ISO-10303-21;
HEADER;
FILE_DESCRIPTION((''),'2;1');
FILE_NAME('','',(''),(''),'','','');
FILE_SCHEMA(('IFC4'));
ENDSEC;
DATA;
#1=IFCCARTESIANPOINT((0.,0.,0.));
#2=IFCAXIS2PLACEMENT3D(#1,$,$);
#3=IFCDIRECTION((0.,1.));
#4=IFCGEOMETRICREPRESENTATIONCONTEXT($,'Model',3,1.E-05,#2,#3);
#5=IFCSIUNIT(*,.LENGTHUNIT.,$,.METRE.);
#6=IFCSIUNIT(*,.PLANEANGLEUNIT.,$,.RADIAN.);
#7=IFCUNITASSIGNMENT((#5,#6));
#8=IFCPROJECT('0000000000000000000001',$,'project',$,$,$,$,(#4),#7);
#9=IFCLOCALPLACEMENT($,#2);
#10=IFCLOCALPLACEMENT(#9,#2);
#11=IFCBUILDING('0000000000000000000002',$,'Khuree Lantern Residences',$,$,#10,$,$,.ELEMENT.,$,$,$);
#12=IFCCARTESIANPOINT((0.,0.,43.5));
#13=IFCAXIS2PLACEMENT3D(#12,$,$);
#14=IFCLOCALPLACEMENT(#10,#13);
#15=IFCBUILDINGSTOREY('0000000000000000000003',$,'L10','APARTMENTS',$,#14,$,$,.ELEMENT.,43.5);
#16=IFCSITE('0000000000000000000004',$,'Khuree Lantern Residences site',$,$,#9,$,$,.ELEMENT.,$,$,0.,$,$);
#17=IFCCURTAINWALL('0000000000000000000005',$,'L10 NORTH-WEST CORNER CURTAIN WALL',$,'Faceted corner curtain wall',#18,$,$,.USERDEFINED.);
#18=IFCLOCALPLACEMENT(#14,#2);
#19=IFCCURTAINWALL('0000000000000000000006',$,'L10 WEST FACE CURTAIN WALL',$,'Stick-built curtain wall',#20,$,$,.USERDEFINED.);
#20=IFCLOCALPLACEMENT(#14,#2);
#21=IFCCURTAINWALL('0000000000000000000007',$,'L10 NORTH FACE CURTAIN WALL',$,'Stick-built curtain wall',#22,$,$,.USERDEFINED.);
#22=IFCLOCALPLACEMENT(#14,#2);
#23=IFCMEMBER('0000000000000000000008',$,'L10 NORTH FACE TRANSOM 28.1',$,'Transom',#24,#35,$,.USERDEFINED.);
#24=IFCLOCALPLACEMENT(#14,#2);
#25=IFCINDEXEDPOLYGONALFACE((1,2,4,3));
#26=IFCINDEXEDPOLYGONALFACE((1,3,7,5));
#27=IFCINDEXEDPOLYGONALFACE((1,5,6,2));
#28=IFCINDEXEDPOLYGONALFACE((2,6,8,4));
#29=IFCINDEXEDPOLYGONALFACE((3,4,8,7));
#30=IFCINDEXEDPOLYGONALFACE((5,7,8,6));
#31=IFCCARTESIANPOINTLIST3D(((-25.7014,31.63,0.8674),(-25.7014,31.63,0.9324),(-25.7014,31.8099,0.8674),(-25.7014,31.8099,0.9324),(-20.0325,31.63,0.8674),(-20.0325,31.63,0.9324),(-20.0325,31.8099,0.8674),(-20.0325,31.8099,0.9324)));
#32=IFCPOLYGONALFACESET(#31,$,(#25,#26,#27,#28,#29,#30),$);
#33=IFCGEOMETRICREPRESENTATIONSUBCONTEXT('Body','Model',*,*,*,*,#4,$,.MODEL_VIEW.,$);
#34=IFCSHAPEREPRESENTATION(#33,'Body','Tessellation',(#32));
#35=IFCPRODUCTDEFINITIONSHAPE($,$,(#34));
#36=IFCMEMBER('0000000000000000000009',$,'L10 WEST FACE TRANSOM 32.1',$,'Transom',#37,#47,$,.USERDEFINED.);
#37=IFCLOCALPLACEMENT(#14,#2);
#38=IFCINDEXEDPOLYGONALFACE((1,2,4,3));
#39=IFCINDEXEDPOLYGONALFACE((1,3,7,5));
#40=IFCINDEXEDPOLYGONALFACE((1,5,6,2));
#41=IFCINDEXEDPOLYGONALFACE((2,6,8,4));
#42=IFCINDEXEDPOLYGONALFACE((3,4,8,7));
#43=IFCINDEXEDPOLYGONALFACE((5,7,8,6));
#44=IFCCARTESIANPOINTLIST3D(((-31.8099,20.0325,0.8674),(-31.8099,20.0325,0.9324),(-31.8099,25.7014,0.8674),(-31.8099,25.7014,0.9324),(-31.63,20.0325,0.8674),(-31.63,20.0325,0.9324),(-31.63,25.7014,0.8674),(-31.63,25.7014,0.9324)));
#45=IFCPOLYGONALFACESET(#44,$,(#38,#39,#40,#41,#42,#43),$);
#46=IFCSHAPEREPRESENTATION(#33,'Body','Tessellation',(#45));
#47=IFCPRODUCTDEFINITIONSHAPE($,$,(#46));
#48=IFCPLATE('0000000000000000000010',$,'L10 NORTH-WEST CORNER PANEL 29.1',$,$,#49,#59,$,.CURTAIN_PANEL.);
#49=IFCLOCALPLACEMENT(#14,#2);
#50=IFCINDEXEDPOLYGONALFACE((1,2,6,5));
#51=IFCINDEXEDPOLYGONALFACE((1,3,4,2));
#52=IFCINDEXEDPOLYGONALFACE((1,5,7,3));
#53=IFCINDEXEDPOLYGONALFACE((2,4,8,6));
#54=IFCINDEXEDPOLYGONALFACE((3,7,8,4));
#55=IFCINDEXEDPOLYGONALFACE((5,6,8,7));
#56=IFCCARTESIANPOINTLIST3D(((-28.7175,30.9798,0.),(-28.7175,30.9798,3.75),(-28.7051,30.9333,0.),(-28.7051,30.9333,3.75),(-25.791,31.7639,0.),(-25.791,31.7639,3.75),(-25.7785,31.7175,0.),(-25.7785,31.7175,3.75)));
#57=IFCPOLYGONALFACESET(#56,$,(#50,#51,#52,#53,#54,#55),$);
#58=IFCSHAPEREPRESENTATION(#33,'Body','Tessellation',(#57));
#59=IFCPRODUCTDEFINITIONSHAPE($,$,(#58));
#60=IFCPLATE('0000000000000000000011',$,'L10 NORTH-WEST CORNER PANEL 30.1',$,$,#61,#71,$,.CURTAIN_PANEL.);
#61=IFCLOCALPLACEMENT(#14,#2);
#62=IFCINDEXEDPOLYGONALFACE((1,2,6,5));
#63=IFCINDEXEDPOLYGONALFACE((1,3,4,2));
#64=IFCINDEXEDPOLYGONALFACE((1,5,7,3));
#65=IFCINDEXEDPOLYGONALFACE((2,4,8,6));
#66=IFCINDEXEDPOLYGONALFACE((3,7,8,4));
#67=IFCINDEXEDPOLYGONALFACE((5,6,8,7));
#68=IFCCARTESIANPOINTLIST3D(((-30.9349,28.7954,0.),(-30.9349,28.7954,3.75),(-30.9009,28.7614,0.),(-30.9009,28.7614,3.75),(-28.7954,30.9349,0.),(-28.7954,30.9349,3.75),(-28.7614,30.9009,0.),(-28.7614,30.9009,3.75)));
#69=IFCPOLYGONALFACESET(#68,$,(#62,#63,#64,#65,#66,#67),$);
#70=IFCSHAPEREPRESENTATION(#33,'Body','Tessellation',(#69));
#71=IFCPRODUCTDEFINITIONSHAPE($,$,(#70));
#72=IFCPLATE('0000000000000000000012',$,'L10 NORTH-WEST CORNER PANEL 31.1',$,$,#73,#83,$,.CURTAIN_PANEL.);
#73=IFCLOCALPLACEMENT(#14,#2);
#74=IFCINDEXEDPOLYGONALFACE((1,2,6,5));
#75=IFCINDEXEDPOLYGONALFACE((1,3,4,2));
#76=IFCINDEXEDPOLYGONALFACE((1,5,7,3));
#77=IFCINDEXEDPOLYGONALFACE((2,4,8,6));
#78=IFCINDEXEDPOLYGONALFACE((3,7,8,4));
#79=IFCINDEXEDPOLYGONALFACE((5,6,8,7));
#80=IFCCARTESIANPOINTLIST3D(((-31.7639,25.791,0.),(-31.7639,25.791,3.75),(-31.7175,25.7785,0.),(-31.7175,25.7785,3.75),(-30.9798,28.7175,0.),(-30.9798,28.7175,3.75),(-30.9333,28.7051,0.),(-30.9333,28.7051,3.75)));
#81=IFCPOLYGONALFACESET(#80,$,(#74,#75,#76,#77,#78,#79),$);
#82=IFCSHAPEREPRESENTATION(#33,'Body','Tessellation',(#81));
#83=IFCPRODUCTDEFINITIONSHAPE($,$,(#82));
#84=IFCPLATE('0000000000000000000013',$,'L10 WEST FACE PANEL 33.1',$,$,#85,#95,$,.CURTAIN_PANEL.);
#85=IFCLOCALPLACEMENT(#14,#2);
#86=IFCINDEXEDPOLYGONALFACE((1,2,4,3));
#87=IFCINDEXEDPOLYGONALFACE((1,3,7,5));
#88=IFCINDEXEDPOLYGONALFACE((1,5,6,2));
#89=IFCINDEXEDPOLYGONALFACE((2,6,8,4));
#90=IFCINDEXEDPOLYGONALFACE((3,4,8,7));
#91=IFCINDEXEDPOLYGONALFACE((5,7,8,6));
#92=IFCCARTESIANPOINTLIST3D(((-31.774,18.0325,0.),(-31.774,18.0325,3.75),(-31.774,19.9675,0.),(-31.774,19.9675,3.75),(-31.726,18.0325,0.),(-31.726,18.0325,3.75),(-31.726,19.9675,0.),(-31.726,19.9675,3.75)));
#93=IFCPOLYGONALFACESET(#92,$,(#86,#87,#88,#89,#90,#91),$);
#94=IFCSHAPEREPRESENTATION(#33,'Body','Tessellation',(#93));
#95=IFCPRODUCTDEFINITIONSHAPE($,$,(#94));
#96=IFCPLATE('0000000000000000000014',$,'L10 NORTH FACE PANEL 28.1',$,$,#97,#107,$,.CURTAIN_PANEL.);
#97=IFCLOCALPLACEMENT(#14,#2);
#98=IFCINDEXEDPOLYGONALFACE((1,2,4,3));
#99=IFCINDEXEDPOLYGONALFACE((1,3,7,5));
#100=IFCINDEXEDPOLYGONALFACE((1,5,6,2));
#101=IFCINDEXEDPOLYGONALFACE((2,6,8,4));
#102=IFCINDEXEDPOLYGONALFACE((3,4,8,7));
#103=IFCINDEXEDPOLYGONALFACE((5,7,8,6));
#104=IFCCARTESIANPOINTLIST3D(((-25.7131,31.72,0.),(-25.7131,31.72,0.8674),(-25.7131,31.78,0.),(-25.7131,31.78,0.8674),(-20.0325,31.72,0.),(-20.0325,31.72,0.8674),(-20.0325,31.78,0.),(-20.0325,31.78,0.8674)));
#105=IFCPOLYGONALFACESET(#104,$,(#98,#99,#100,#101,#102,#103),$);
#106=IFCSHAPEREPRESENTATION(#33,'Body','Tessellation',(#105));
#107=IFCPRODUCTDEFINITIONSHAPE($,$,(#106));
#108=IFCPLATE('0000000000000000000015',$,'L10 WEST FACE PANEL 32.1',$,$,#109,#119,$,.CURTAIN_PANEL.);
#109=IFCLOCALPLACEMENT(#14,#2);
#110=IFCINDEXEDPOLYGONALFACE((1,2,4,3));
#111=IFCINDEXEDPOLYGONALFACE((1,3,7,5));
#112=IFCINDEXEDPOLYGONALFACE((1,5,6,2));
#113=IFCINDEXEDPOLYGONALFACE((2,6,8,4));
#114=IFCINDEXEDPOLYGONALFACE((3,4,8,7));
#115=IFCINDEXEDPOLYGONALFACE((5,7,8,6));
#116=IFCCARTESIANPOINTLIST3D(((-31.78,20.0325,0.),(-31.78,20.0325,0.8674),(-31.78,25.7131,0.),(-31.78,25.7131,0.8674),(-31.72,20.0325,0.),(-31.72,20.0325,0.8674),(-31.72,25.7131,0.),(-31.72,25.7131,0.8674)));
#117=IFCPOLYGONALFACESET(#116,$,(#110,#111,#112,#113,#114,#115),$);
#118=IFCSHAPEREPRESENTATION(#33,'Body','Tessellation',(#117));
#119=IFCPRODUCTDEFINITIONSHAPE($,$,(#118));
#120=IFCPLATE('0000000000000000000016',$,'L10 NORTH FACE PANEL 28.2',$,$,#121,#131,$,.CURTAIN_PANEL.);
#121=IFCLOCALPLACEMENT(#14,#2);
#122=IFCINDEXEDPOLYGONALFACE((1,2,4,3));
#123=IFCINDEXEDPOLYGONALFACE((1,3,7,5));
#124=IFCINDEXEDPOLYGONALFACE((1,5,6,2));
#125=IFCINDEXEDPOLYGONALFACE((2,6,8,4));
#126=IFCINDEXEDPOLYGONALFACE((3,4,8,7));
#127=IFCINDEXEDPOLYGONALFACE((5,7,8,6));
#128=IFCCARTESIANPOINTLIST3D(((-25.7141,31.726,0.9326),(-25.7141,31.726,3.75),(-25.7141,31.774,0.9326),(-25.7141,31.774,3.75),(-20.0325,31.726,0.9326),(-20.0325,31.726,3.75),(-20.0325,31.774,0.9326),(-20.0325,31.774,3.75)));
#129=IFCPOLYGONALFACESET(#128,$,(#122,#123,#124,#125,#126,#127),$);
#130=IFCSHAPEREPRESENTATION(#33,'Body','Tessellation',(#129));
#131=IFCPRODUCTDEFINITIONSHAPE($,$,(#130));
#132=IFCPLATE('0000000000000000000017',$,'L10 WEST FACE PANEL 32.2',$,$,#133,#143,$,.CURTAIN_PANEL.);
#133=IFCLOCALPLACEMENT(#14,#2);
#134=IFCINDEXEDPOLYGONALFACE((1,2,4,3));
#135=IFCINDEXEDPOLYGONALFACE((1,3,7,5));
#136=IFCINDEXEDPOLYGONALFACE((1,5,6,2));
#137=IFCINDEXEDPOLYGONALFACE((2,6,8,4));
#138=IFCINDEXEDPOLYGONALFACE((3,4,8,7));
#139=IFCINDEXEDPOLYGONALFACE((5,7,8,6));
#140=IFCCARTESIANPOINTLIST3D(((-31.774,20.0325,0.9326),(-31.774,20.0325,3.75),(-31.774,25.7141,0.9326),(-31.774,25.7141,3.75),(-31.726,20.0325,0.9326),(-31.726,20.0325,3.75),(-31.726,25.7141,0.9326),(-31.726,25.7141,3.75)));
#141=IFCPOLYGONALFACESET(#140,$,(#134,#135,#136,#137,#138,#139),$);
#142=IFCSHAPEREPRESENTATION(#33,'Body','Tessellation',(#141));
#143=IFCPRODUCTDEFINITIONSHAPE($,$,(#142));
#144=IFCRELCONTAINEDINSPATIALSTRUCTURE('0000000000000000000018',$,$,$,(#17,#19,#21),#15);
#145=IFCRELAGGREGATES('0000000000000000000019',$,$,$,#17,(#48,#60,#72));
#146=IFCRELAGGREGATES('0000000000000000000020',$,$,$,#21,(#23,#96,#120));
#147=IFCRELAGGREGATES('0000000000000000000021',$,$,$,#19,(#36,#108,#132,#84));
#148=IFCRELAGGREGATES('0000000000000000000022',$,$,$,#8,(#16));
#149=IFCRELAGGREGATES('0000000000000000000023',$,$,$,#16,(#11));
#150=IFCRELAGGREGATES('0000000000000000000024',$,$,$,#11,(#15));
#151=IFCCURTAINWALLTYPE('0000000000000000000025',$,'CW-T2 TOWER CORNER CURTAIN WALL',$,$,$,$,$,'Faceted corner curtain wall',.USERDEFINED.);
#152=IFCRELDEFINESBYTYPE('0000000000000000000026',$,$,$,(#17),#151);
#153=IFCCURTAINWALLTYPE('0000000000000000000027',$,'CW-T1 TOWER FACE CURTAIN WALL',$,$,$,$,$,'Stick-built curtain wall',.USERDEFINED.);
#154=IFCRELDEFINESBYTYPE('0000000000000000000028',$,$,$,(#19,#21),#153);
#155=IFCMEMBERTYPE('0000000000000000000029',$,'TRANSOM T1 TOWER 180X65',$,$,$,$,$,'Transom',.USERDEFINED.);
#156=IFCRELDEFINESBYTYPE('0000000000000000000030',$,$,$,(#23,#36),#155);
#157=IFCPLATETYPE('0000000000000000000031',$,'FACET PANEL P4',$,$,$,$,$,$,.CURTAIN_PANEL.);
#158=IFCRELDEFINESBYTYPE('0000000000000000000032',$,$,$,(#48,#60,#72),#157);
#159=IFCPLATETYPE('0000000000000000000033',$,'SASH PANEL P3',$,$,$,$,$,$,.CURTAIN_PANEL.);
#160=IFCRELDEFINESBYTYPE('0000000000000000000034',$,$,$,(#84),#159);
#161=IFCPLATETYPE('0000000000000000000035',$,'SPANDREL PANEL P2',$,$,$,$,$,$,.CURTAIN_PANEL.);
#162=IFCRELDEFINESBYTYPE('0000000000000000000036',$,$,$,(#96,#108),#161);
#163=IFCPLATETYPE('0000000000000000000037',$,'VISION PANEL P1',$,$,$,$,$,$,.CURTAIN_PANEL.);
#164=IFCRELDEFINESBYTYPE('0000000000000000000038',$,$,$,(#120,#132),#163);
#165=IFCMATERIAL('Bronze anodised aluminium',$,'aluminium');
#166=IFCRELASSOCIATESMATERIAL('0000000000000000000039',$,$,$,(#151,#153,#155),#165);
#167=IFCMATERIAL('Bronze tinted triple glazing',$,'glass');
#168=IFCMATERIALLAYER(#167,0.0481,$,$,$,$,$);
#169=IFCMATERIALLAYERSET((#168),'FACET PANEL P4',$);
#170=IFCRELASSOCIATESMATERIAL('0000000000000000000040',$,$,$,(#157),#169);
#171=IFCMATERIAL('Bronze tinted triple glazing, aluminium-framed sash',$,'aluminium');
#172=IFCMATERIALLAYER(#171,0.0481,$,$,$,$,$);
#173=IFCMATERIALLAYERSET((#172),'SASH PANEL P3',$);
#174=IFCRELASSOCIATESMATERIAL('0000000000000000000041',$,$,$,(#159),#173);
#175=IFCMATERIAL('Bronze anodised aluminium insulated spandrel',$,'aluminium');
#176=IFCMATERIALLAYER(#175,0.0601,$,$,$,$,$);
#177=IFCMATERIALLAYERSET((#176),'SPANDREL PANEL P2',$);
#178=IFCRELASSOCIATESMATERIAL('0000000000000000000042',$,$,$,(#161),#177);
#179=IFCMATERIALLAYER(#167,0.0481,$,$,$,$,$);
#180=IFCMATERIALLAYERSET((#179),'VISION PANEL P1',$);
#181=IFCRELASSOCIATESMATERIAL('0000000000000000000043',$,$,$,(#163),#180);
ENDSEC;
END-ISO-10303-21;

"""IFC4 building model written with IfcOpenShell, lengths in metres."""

from ifc_helpers import new_model, si_unit, direction, frame, origin, origin_2d, place, context, subcontext, project, spatial, rectangle, extrude, material, layer, layer_set, material_profile, profile_set, type_object, element, aggregate, save


model = new_model("IFC4")

# Units and contexts
model_context = context("Model", 3, precision=1e-05, world=origin(), true_north=direction((0.0, 1.0)))
body_context = subcontext(model_context, "Body", "Model", "MODEL_VIEW")
ifc_project = project(units=[si_unit("LENGTHUNIT", "METRE"), si_unit("PLANEANGLEUNIT", "RADIAN")], contexts=[model_context])

# Site, building, storey
site_placement = place(None, origin())
site = spatial("IfcSite", under=ifc_project, at=site_placement, Name="Khuree Lantern Residences site", CompositionType="ELEMENT", RefElevation=0.0)
building_placement = place(site_placement, origin())
building = spatial("IfcBuilding", under=site, at=building_placement, Name="Khuree Lantern Residences", CompositionType="ELEMENT")
storey_placement = place(building_placement, frame((0.0, 0.0, 43.5)))
storey = spatial("IfcBuildingStorey", under=building, at=storey_placement, Name="L10", Description="APARTMENTS", CompositionType="ELEMENT", Elevation=43.5)

# Curtain walls
ifc_material_1 = material(Name="Bronze anodised aluminium", Category="aluminium")
curtain_wall_type_1 = type_object("IfcCurtainWallType", Name="CW-T2 TOWER CORNER CURTAIN WALL", ElementType="Faceted corner curtain wall", PredefinedType="USERDEFINED", material=ifc_material_1)
curtain_wall_1_placement = place(storey_placement, origin())
curtain_wall_1 = element("IfcCurtainWall", 1, at=curtain_wall_1_placement, inside=storey, type_object=curtain_wall_type_1, Name="L10 NORTH-WEST CORNER CURTAIN WALL", ObjectType="Faceted corner curtain wall", PredefinedType="USERDEFINED")
curtain_wall_type_2 = type_object("IfcCurtainWallType", Name="CW-T1 TOWER FACE CURTAIN WALL", ElementType="Stick-built curtain wall", PredefinedType="USERDEFINED", material=ifc_material_1)
curtain_wall_2_placement = place(storey_placement, origin())
curtain_wall_2 = element("IfcCurtainWall", 2, at=curtain_wall_2_placement, inside=storey, type_object=curtain_wall_type_2, Name="L10 WEST FACE CURTAIN WALL", ObjectType="Stick-built curtain wall", PredefinedType="USERDEFINED")

# Curtain wall, member
curtain_wall_3_placement = place(storey_placement, origin())
curtain_wall_3 = element("IfcCurtainWall", 3, at=curtain_wall_3_placement, inside=storey, type_object=curtain_wall_type_2, Name="L10 NORTH FACE CURTAIN WALL", ObjectType="Stick-built curtain wall", PredefinedType="USERDEFINED")
ifc_material_profile_1 = material_profile(ifc_material_1, rectangle(XDim=0.1799, YDim=0.0649, at=origin_2d()), Name="T1 180X65")
ifc_profile_set_1 = profile_set([ifc_material_profile_1], Name="Bronze anodised aluminium")
member_type_1 = type_object("IfcMemberType", Name="TRANSOM T1 TOWER 180X65", ElementType="Transom", PredefinedType="USERDEFINED", material=ifc_profile_set_1)
member_1_placement = place(storey_placement, frame((-20.0325, 31.72, 0.8999), z_axis=(-1.0, 0.0, 0.0), x_axis=(0.0, -1.0, 0.0)))
member_1 = element("IfcMember", 4, at=member_1_placement, type_object=member_type_1, Name="L10 NORTH FACE TRANSOM 28.1", ObjectType="Transom", PredefinedType="USERDEFINED", context=body_context, shape_type="SweptSolid", body=[
    extrude(rectangle(XDim=0.1799, YDim=0.0649, at=origin_2d()), origin(), (0.0, 0.0, 1.0), 5.6689),
])

# Member
member_2_placement = place(storey_placement, frame((-31.72, 25.7014, 0.8999), z_axis=(0.0, -1.0, 0.0), x_axis=(1.0, 0.0, 0.0)))
member_2 = element("IfcMember", 5, at=member_2_placement, type_object=member_type_1, Name="L10 WEST FACE TRANSOM 32.1", ObjectType="Transom", PredefinedType="USERDEFINED", context=body_context, shape_type="SweptSolid", body=[
    extrude(rectangle(XDim=0.1799, YDim=0.0649, at=origin_2d()), origin(), (0.0, 0.0, 1.0), 5.6689),
])

# Plates
ifc_material_2 = material(Name="Bronze tinted triple glazing", Category="glass")
ifc_layer_1 = layer(ifc_material_2, 0.0481)
ifc_layer_set_1 = layer_set([ifc_layer_1], Name="FACET PANEL P4")
plate_type_1 = type_object("IfcPlateType", Name="FACET PANEL P4", PredefinedType="CURTAIN_PANEL", material=ifc_layer_set_1)
plate_1_placement = place(storey_placement, frame((-27.248, 31.3486, 0.0), z_axis=(0.0, 0.0, 1.0), x_axis=(-0.965926, -0.258819, 0.0)))
plate_1 = element("IfcPlate", 6, at=plate_1_placement, type_object=plate_type_1, Name="L10 NORTH-WEST CORNER PANEL 29.1", PredefinedType="CURTAIN_PANEL", context=body_context, shape_type="SweptSolid", body=[
    extrude(rectangle(XDim=3.0298, YDim=0.0481, at=origin_2d()), origin(), (0.0, 0.0, 1.0), 3.75),
])
plate_2_placement = place(storey_placement, frame((-29.8481, 29.8481, 0.0), z_axis=(0.0, 0.0, 1.0), x_axis=(-0.707107, -0.707107, 0.0)))
plate_2 = element("IfcPlate", 7, at=plate_2_placement, type_object=plate_type_1, Name="L10 NORTH-WEST CORNER PANEL 30.1", PredefinedType="CURTAIN_PANEL", context=body_context, shape_type="SweptSolid", body=[
    extrude(rectangle(XDim=3.0256, YDim=0.0481, at=origin_2d()), origin(), (0.0, 0.0, 1.0), 3.75),
])
plate_3_placement = place(storey_placement, frame((-31.3486, 27.248, 0.0), z_axis=(0.0, 0.0, 1.0), x_axis=(-0.258819, -0.965926, 0.0)))
plate_3 = element("IfcPlate", 8, at=plate_3_placement, type_object=plate_type_1, Name="L10 NORTH-WEST CORNER PANEL 31.1", PredefinedType="CURTAIN_PANEL", context=body_context, shape_type="SweptSolid", body=[
    extrude(rectangle(XDim=3.0298, YDim=0.0481, at=origin_2d()), origin(), (0.0, 0.0, 1.0), 3.75),
])
aggregate(curtain_wall_1, [plate_1, plate_2, plate_3])
ifc_material_3 = material(Name="Bronze tinted triple glazing, aluminium-framed sash", Category="aluminium")
ifc_layer_2 = layer(ifc_material_3, 0.0481)
ifc_layer_set_2 = layer_set([ifc_layer_2], Name="SASH PANEL P3")
plate_type_2 = type_object("IfcPlateType", Name="SASH PANEL P3", PredefinedType="CURTAIN_PANEL", material=ifc_layer_set_2)
plate_4_placement = place(storey_placement, frame((-31.75, 19.0, 0.0), z_axis=(0.0, 0.0, 1.0), x_axis=(0.0, -1.0, 0.0)))
plate_4 = element("IfcPlate", 9, at=plate_4_placement, type_object=plate_type_2, Name="L10 WEST FACE PANEL 33.1", PredefinedType="CURTAIN_PANEL", context=body_context, shape_type="SweptSolid", body=[
    extrude(rectangle(XDim=1.9351, YDim=0.0481, at=origin_2d()), origin(), (0.0, 0.0, 1.0), 3.75),
])
ifc_material_4 = material(Name="Bronze anodised aluminium insulated spandrel", Category="aluminium")
ifc_layer_3 = layer(ifc_material_4, 0.0601)
ifc_layer_set_3 = layer_set([ifc_layer_3], Name="SPANDREL PANEL P2")
plate_type_3 = type_object("IfcPlateType", Name="SPANDREL PANEL P2", PredefinedType="CURTAIN_PANEL", material=ifc_layer_set_3)
plate_5_placement = place(storey_placement, frame((-22.8728, 31.75, 0.0), z_axis=(0.0, 0.0, 1.0), x_axis=(-1.0, 0.0, 0.0)))
plate_5 = element("IfcPlate", 10, at=plate_5_placement, type_object=plate_type_3, Name="L10 NORTH FACE PANEL 28.1", PredefinedType="CURTAIN_PANEL", context=body_context, shape_type="SweptSolid", body=[
    extrude(rectangle(XDim=5.6807, YDim=0.0601, at=origin_2d()), origin(), (0.0, 0.0, 1.0), 0.8674),
])
plate_6_placement = place(storey_placement, frame((-31.75, 22.8728, 0.0), z_axis=(0.0, 0.0, 1.0), x_axis=(0.0, -1.0, 0.0)))
plate_6 = element("IfcPlate", 11, at=plate_6_placement, type_object=plate_type_3, Name="L10 WEST FACE PANEL 32.1", PredefinedType="CURTAIN_PANEL", context=body_context, shape_type="SweptSolid", body=[
    extrude(rectangle(XDim=5.6807, YDim=0.0601, at=origin_2d()), origin(), (0.0, 0.0, 1.0), 0.8674),
])
ifc_layer_4 = layer(ifc_material_2, 0.0481)
ifc_layer_set_4 = layer_set([ifc_layer_4], Name="VISION PANEL P1")
plate_type_4 = type_object("IfcPlateType", Name="VISION PANEL P1", PredefinedType="CURTAIN_PANEL", material=ifc_layer_set_4)
plate_7_placement = place(storey_placement, frame((-22.8733, 31.75, 0.9326), z_axis=(0.0, 0.0, 1.0), x_axis=(-1.0, 0.0, 0.0)))
plate_7 = element("IfcPlate", 12, at=plate_7_placement, type_object=plate_type_4, Name="L10 NORTH FACE PANEL 28.2", PredefinedType="CURTAIN_PANEL", context=body_context, shape_type="SweptSolid", body=[
    extrude(rectangle(XDim=5.6816, YDim=0.0481, at=origin_2d()), origin(), (0.0, 0.0, 1.0), 2.8174),
])
aggregate(curtain_wall_3, [member_1, plate_5, plate_7])
plate_8_placement = place(storey_placement, frame((-31.75, 22.8733, 0.9326), z_axis=(0.0, 0.0, 1.0), x_axis=(0.0, -1.0, 0.0)))
plate_8 = element("IfcPlate", 13, at=plate_8_placement, type_object=plate_type_4, Name="L10 WEST FACE PANEL 32.2", PredefinedType="CURTAIN_PANEL", context=body_context, shape_type="SweptSolid", body=[
    extrude(rectangle(XDim=5.6816, YDim=0.0481, at=origin_2d()), origin(), (0.0, 0.0, 1.0), 2.8174),
])
aggregate(curtain_wall_2, [member_2, plate_6, plate_8, plate_4])

save(model, "model.ifc")
